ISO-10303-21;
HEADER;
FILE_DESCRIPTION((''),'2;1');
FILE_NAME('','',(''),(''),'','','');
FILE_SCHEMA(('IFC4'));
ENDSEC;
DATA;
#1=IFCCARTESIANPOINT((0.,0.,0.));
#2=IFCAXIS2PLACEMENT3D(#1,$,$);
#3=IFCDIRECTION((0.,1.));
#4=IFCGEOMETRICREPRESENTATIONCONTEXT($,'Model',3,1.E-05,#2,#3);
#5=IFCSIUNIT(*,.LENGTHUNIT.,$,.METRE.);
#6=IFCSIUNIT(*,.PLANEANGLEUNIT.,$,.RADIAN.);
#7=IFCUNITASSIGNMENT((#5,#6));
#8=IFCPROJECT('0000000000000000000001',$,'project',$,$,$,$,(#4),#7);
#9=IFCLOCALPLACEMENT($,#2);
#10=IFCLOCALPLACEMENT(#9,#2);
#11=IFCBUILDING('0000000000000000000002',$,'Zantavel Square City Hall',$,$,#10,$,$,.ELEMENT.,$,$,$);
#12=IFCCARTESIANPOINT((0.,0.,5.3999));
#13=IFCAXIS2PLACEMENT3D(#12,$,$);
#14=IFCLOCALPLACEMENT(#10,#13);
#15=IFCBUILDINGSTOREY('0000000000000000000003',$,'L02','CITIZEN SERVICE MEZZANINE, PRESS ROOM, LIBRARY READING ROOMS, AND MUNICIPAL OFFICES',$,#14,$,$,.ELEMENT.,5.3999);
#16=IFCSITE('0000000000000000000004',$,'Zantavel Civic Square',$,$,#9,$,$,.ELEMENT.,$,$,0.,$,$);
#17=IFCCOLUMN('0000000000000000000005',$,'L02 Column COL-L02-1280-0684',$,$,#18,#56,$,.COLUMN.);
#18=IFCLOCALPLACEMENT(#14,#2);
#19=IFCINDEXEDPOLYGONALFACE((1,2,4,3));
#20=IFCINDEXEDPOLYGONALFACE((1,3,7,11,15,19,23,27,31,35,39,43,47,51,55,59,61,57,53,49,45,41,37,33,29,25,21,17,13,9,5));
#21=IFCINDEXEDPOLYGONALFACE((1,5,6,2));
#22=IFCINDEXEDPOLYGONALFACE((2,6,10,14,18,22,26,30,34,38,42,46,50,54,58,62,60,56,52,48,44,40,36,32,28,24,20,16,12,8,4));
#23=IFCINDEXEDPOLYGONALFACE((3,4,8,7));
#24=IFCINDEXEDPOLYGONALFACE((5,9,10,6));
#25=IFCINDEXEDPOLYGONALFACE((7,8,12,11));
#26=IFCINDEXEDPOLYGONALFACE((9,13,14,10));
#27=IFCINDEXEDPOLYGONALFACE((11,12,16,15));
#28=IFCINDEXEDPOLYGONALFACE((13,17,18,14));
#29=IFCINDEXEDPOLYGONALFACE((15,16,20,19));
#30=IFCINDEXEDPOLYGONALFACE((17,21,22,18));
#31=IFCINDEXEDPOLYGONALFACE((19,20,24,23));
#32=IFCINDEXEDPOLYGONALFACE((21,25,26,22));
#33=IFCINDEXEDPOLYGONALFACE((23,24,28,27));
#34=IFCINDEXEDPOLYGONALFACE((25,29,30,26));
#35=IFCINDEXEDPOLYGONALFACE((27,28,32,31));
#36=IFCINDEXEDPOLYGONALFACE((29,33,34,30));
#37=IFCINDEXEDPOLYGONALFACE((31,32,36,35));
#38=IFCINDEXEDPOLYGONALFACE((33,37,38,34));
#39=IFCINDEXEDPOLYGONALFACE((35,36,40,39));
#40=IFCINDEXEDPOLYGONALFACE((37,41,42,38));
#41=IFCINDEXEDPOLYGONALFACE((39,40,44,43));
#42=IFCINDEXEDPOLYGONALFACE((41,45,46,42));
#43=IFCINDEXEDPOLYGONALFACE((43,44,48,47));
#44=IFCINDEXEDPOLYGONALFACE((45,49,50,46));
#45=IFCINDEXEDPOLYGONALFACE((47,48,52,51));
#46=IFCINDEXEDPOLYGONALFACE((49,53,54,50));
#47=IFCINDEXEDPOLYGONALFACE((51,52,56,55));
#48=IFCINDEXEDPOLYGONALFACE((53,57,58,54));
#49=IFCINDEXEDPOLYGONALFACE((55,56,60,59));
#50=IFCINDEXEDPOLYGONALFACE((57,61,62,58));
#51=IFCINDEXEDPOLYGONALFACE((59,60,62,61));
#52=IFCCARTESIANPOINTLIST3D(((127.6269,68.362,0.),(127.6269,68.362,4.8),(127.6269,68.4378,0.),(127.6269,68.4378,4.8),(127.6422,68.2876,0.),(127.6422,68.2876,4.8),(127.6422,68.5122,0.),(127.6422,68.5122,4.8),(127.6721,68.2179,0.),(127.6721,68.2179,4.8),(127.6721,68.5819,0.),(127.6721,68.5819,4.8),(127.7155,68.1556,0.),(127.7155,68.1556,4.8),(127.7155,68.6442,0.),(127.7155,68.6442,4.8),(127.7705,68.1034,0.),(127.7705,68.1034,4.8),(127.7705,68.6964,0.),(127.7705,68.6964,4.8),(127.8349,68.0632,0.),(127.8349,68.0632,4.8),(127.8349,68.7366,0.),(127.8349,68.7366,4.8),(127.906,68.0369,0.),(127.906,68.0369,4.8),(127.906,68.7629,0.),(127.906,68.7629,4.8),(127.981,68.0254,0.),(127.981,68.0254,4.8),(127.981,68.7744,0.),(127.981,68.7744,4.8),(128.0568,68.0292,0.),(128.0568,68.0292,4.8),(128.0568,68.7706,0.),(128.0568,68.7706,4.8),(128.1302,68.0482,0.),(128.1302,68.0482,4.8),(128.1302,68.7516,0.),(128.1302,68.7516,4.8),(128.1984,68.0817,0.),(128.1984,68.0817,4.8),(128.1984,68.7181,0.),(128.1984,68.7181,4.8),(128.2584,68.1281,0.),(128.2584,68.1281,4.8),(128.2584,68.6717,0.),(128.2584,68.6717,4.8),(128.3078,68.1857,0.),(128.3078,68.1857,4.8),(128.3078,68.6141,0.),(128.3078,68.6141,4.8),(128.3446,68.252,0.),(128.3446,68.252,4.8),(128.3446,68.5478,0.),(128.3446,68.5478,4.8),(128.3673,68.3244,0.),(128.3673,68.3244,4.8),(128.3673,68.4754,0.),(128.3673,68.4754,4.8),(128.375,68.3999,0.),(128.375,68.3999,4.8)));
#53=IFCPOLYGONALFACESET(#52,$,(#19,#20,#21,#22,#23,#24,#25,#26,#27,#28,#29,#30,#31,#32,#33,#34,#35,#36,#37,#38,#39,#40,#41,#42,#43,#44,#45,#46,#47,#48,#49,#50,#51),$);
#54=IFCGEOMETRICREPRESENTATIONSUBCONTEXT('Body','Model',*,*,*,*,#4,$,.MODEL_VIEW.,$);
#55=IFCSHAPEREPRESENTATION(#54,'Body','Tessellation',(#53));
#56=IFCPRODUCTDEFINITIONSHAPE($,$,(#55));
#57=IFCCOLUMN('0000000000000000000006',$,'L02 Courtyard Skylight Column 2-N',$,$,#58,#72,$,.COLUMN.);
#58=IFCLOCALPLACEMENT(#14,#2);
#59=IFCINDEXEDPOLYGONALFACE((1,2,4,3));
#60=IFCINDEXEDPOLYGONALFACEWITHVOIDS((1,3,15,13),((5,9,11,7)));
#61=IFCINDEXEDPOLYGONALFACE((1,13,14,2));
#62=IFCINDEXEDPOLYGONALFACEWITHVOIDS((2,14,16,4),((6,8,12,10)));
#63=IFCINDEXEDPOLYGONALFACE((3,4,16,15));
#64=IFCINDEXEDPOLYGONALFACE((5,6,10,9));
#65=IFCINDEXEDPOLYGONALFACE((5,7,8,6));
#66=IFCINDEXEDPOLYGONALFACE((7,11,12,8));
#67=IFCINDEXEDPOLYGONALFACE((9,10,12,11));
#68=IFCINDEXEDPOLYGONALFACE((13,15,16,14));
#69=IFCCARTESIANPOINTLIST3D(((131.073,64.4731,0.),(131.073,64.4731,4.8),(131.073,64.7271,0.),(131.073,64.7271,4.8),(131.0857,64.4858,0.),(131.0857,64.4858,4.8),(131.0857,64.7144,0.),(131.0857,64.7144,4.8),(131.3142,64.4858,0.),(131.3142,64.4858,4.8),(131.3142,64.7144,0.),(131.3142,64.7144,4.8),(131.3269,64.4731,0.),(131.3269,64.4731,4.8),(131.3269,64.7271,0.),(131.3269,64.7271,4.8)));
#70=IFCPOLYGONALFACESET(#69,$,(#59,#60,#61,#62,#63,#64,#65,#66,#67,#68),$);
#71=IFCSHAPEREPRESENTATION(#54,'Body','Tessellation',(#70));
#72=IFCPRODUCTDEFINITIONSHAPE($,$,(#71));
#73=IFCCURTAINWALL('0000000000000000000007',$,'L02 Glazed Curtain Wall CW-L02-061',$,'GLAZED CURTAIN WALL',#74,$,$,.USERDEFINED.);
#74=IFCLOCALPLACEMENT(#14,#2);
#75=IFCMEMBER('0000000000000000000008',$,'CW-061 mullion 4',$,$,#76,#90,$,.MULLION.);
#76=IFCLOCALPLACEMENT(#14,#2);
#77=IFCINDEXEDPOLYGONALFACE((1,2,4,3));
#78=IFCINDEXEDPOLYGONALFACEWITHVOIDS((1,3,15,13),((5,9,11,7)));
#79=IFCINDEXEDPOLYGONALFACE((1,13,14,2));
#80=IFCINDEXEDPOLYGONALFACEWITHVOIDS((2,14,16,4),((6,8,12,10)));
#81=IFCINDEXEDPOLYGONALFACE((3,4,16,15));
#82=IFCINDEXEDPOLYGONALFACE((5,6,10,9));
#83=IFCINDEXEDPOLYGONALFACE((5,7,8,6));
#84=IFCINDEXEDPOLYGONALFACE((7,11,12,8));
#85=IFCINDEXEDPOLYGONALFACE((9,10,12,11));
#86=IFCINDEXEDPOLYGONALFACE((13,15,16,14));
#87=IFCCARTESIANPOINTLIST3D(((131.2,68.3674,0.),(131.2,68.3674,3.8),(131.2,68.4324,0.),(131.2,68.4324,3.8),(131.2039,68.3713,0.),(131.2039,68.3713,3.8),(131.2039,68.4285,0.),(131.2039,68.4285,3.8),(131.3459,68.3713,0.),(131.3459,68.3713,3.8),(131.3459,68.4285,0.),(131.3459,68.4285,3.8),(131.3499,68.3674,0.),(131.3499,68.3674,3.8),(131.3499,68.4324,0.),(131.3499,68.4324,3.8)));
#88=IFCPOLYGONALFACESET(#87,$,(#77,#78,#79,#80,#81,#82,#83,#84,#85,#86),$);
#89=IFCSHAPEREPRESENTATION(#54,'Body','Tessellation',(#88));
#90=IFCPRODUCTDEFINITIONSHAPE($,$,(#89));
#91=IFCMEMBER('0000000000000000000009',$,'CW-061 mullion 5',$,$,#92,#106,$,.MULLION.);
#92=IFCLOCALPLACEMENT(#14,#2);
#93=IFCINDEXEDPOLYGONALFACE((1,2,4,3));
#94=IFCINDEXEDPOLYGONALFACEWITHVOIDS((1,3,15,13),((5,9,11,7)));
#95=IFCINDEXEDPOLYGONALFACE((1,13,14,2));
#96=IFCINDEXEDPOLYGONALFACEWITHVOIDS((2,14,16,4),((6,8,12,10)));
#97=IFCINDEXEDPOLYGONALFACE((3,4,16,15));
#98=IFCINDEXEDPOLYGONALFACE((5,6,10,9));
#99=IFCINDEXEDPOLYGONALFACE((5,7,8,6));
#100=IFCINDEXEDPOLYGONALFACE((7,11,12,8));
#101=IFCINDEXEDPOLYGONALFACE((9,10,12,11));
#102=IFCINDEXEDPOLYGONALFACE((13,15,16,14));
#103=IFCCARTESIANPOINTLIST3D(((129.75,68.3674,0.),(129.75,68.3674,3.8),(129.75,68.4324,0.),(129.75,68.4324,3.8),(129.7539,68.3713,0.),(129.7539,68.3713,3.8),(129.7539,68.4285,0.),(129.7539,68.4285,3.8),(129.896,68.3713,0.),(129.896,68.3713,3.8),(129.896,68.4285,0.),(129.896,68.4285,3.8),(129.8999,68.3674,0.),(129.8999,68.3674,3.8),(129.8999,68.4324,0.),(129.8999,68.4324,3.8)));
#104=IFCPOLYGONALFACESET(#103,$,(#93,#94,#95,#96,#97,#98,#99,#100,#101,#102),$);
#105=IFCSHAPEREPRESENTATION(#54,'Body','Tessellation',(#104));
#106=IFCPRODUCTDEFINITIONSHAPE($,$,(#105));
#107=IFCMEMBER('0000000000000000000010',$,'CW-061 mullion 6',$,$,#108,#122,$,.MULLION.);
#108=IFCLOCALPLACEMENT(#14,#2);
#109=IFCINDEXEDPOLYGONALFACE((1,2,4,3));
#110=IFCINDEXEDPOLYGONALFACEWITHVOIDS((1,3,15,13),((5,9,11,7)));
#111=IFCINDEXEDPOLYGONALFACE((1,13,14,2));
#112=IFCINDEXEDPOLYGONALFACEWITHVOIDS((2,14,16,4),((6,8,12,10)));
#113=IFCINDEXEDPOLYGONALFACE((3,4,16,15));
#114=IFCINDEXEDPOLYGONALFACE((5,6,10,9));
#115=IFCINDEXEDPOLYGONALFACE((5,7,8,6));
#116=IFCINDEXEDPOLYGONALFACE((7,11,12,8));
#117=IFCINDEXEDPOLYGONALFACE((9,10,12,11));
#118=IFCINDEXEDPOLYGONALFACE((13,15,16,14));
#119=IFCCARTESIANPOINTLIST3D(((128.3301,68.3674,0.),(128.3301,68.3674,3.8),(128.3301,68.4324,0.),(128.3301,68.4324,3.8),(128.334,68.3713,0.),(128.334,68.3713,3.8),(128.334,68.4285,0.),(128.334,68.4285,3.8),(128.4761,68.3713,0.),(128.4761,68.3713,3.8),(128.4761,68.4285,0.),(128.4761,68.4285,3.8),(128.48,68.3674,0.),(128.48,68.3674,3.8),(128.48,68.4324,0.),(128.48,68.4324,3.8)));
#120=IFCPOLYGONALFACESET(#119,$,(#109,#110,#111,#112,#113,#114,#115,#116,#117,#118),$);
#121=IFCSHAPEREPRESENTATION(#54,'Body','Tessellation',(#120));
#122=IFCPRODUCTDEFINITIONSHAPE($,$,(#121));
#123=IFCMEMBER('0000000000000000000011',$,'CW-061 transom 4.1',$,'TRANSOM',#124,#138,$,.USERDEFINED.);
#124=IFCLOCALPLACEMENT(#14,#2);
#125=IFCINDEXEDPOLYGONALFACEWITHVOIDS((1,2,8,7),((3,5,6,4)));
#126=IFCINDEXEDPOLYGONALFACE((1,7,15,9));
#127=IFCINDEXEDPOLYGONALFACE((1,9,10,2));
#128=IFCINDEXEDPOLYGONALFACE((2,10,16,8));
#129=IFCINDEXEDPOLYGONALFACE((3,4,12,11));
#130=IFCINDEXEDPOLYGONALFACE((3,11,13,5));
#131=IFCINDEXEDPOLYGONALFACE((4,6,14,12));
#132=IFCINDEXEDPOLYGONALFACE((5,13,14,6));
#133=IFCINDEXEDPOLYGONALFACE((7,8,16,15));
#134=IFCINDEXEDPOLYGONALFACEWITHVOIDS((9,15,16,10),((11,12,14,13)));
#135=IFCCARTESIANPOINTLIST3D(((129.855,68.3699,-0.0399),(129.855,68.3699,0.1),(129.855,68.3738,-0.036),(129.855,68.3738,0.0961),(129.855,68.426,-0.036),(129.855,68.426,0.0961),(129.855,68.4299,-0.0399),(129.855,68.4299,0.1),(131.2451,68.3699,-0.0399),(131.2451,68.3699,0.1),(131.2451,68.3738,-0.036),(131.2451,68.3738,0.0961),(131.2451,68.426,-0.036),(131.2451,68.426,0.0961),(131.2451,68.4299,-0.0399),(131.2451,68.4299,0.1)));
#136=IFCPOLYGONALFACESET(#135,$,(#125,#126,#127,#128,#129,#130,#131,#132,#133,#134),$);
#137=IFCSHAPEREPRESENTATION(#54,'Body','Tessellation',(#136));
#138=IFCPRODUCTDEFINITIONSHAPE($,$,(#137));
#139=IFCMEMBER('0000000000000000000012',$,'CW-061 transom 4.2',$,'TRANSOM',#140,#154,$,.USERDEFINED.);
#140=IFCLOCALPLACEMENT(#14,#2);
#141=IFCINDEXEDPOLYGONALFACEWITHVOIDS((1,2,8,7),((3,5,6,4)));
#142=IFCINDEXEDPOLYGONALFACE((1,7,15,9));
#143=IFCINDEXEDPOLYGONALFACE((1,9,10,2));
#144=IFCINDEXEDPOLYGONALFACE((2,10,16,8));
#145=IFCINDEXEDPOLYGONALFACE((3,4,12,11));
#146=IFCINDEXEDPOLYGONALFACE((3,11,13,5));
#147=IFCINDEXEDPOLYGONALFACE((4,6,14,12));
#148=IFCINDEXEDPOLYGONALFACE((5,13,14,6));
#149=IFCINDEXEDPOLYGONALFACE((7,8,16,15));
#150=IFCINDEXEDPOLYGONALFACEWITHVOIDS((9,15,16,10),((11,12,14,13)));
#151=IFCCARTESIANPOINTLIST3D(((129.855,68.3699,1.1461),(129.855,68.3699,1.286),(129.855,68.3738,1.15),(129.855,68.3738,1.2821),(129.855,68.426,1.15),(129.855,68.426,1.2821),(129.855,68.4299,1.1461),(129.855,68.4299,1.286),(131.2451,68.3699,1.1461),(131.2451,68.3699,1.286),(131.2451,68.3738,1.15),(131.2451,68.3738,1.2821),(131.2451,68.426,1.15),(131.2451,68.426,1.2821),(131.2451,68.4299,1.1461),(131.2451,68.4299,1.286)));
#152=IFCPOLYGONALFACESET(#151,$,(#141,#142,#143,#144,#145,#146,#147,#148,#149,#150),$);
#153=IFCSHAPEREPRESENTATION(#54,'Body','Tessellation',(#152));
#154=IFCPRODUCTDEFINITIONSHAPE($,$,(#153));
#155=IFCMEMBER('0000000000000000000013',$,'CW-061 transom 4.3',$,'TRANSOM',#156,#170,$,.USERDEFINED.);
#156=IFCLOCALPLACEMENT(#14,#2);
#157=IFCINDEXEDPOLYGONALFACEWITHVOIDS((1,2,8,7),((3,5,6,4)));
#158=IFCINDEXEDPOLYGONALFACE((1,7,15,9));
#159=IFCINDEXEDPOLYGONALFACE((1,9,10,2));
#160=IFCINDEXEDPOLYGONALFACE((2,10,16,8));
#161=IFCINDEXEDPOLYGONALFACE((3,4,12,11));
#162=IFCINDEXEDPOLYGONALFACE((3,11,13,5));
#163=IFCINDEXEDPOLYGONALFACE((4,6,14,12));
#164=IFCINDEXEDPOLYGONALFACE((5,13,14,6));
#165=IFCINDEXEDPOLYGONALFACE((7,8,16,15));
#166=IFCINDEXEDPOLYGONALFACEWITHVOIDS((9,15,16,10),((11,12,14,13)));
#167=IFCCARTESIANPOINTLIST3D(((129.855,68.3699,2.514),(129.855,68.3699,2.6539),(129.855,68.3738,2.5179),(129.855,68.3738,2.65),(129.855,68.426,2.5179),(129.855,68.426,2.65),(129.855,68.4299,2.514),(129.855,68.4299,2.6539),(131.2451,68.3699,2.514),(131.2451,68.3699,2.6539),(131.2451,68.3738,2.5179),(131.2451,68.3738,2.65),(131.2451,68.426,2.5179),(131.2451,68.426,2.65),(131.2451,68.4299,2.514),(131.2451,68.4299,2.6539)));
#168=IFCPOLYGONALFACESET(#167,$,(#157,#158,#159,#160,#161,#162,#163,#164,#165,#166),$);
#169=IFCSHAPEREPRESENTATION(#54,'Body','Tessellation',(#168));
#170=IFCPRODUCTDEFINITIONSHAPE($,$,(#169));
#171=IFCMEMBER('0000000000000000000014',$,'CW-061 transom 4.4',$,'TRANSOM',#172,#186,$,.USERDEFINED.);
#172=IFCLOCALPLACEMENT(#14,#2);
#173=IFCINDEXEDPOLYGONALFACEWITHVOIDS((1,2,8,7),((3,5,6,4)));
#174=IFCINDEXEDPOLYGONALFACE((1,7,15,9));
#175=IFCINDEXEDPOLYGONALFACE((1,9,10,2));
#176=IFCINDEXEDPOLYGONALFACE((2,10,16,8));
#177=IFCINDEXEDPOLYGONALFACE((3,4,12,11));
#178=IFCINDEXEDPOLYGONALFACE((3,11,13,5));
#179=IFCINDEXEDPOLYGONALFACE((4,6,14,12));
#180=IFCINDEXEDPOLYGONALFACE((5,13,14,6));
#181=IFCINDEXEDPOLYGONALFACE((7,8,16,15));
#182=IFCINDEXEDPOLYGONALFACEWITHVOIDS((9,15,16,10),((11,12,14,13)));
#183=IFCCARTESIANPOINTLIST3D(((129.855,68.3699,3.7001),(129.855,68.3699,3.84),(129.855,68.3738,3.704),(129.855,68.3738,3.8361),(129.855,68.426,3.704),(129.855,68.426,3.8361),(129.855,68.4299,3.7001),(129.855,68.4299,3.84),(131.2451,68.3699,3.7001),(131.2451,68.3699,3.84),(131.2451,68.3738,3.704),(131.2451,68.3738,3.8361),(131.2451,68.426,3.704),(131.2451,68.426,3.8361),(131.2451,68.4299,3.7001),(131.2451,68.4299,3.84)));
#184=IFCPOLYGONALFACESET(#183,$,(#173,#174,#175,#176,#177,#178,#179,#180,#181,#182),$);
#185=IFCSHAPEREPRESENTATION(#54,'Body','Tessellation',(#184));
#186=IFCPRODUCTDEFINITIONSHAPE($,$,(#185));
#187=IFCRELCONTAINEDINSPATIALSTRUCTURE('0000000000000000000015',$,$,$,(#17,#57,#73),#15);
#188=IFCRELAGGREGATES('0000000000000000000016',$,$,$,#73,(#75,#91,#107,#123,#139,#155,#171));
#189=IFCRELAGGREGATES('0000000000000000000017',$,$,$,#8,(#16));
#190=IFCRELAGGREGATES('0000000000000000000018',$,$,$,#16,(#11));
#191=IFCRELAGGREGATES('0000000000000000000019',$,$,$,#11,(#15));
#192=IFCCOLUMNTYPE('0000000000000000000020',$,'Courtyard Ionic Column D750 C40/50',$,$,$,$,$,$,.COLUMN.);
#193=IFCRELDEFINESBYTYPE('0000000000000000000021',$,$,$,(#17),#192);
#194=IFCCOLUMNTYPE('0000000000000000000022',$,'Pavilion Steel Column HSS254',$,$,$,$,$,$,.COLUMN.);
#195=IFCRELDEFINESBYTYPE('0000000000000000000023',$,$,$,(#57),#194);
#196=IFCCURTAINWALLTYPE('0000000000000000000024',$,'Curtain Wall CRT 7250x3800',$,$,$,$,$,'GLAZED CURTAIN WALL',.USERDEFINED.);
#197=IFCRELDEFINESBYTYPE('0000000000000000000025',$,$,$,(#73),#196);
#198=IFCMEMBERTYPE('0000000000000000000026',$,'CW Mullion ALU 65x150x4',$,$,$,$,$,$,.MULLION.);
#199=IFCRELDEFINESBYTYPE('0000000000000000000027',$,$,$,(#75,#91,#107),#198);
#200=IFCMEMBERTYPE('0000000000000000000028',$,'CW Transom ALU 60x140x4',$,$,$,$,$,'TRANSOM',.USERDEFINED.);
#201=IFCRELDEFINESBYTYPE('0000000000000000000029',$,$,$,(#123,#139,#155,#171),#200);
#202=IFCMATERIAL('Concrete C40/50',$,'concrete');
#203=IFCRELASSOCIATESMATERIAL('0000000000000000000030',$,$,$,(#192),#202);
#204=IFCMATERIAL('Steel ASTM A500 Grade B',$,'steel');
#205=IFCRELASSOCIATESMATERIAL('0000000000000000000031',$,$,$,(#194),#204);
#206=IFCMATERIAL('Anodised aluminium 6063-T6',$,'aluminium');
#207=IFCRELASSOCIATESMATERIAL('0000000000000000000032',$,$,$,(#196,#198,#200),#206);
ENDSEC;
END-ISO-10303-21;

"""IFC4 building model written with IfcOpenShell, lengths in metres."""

from ifc_helpers import new_model, si_unit, direction, frame, origin, origin_2d, place, context, subcontext, project, spatial, hollow_rectangle, circle, extrude, material, material_profile, profile_set, type_object, element, aggregate, save


model = new_model("IFC4")

# Units and contexts
model_context = context("Model", 3, precision=1e-05, world=origin(), true_north=direction((0.0, 1.0)))
body_context = subcontext(model_context, "Body", "Model", "MODEL_VIEW")
ifc_project = project(units=[si_unit("LENGTHUNIT", "METRE"), si_unit("PLANEANGLEUNIT", "RADIAN")], contexts=[model_context])

# Site, building, storey
site_placement = place(None, origin())
site = spatial("IfcSite", under=ifc_project, at=site_placement, Name="Zantavel Civic Square", CompositionType="ELEMENT", RefElevation=0.0)
building_placement = place(site_placement, origin())
building = spatial("IfcBuilding", under=site, at=building_placement, Name="Zantavel Square City Hall", CompositionType="ELEMENT")
storey_placement = place(building_placement, frame((0.0, 0.0, 5.3999)))
storey = spatial("IfcBuildingStorey", under=building, at=storey_placement, Name="L02", Description="CITIZEN SERVICE MEZZANINE, PRESS ROOM, LIBRARY READING ROOMS, AND MUNICIPAL OFFICES", CompositionType="ELEMENT", Elevation=5.3999)

# Columns
ifc_material_1 = material(Name="Concrete C40/50", Category="concrete")
ifc_material_profile_1 = material_profile(ifc_material_1, circle(Radius=0.375, at=origin_2d()), Name="ROUND D750")
ifc_profile_set_1 = profile_set([ifc_material_profile_1], Name="Concrete C40/50")
column_type_1 = type_object("IfcColumnType", Name="Courtyard Ionic Column D750 C40/50", PredefinedType="COLUMN", material=ifc_profile_set_1)
column_1_placement = place(storey_placement, frame((128.0, 68.3999, 0.0), z_axis=(0.0, 0.0, 1.0), x_axis=(1.0, 0.0, 0.0)))
element("IfcColumn", 1, at=column_1_placement, inside=storey, type_object=column_type_1, Name="L02 Column COL-L02-1280-0684", PredefinedType="COLUMN", context=body_context, shape_type="SweptSolid", body=[
    extrude(circle(Radius=0.375, at=origin_2d()), origin(), (0.0, 0.0, 1.0), 4.8),
])
ifc_material_2 = material(Name="Steel ASTM A500 Grade B", Category="steel")
ifc_material_profile_2 = material_profile(ifc_material_2, hollow_rectangle(XDim=0.2539, YDim=0.2539, WallThickness=0.0127, at=origin_2d()), Name="HSS 254x254x12.7")
ifc_profile_set_2 = profile_set([ifc_material_profile_2], Name="Steel ASTM A500 Grade B")
column_type_2 = type_object("IfcColumnType", Name="Pavilion Steel Column HSS254", PredefinedType="COLUMN", material=ifc_profile_set_2)
column_2_placement = place(storey_placement, frame((131.2, 64.6001, 0.0), z_axis=(0.0, 0.0, 1.0), x_axis=(1.0, 0.0, 0.0)))
element("IfcColumn", 2, at=column_2_placement, inside=storey, type_object=column_type_2, Name="L02 Courtyard Skylight Column 2-N", PredefinedType="COLUMN", context=body_context, shape_type="SweptSolid", body=[
    extrude(hollow_rectangle(XDim=0.2539, YDim=0.2539, WallThickness=0.0127, at=origin_2d()), origin(), (0.0, 0.0, 1.0), 4.8),
])

# Curtain wall, members
ifc_material_3 = material(Name="Anodised aluminium 6063-T6", Category="aluminium")
curtain_wall_type = type_object("IfcCurtainWallType", Name="Curtain Wall CRT 7250x3800", ElementType="GLAZED CURTAIN WALL", PredefinedType="USERDEFINED", material=ifc_material_3)
curtain_wall_placement = place(storey_placement, origin())
curtain_wall = element("IfcCurtainWall", 3, at=curtain_wall_placement, inside=storey, type_object=curtain_wall_type, Name="L02 Glazed Curtain Wall CW-L02-061", ObjectType="GLAZED CURTAIN WALL", PredefinedType="USERDEFINED")
ifc_material_profile_3 = material_profile(ifc_material_3, hollow_rectangle(XDim=0.0649, YDim=0.1499, WallThickness=0.0039, at=origin_2d()), Name="ALU 65x150x4")
ifc_profile_set_3 = profile_set([ifc_material_profile_3], Name="Anodised aluminium 6063-T6")
member_type_1 = type_object("IfcMemberType", Name="CW Mullion ALU 65x150x4", PredefinedType="MULLION", material=ifc_profile_set_3)
member_1_placement = place(storey_placement, frame((131.2749, 68.3999, 0.0), z_axis=(0.0, 0.0, 1.0), x_axis=(0.0, -1.0, 0.0)))
member_1 = element("IfcMember", 4, at=member_1_placement, type_object=member_type_1, Name="CW-061 mullion 4", PredefinedType="MULLION", context=body_context, shape_type="SweptSolid", body=[
    extrude(hollow_rectangle(XDim=0.0649, YDim=0.1499, WallThickness=0.0039, at=origin_2d()), origin(), (0.0, 0.0, 1.0), 3.8),
])
member_2_placement = place(storey_placement, frame((129.825, 68.3999, 0.0), z_axis=(0.0, 0.0, 1.0), x_axis=(0.0, -1.0, 0.0)))
member_2 = element("IfcMember", 5, at=member_2_placement, type_object=member_type_1, Name="CW-061 mullion 5", PredefinedType="MULLION", context=body_context, shape_type="SweptSolid", body=[
    extrude(hollow_rectangle(XDim=0.0649, YDim=0.1499, WallThickness=0.0039, at=origin_2d()), origin(), (0.0, 0.0, 1.0), 3.8),
])
member_3_placement = place(storey_placement, frame((128.405, 68.3999, 0.0), z_axis=(0.0, 0.0, 1.0), x_axis=(0.0, -1.0, 0.0)))
member_3 = element("IfcMember", 6, at=member_3_placement, type_object=member_type_1, Name="CW-061 mullion 6", PredefinedType="MULLION", context=body_context, shape_type="SweptSolid", body=[
    extrude(hollow_rectangle(XDim=0.0649, YDim=0.1499, WallThickness=0.0039, at=origin_2d()), origin(), (0.0, 0.0, 1.0), 3.8),
])
ifc_material_profile_4 = material_profile(ifc_material_3, hollow_rectangle(XDim=0.0601, YDim=0.1399, WallThickness=0.0039, at=origin_2d()), Name="ALU 60x140x4")
ifc_profile_set_4 = profile_set([ifc_material_profile_4], Name="Anodised aluminium 6063-T6")
member_type_2 = type_object("IfcMemberType", Name="CW Transom ALU 60x140x4", ElementType="TRANSOM", PredefinedType="USERDEFINED", material=ifc_profile_set_4)
member_4_placement = place(storey_placement, frame((131.2451, 68.3999, 0.03), z_axis=(-1.0, 0.0, 0.0), x_axis=(0.0, -1.0, 0.0)))
member_4 = element("IfcMember", 7, at=member_4_placement, type_object=member_type_2, Name="CW-061 transom 4.1", ObjectType="TRANSOM", PredefinedType="USERDEFINED", context=body_context, shape_type="SweptSolid", body=[
    extrude(hollow_rectangle(XDim=0.0601, YDim=0.1399, WallThickness=0.0039, at=origin_2d()), origin(), (0.0, 0.0, 1.0), 1.3901),
])
member_5_placement = place(storey_placement, frame((131.2451, 68.3999, 1.2161), z_axis=(-1.0, 0.0, 0.0), x_axis=(0.0, -1.0, 0.0)))
member_5 = element("IfcMember", 8, at=member_5_placement, type_object=member_type_2, Name="CW-061 transom 4.2", ObjectType="TRANSOM", PredefinedType="USERDEFINED", context=body_context, shape_type="SweptSolid", body=[
    extrude(hollow_rectangle(XDim=0.0601, YDim=0.1399, WallThickness=0.0039, at=origin_2d()), origin(), (0.0, 0.0, 1.0), 1.3901),
])
member_6_placement = place(storey_placement, frame((131.2451, 68.3999, 2.584), z_axis=(-1.0, 0.0, 0.0), x_axis=(0.0, -1.0, 0.0)))
member_6 = element("IfcMember", 9, at=member_6_placement, type_object=member_type_2, Name="CW-061 transom 4.3", ObjectType="TRANSOM", PredefinedType="USERDEFINED", context=body_context, shape_type="SweptSolid", body=[
    extrude(hollow_rectangle(XDim=0.0601, YDim=0.1399, WallThickness=0.0039, at=origin_2d()), origin(), (0.0, 0.0, 1.0), 1.3901),
])
member_7_placement = place(storey_placement, frame((131.2451, 68.3999, 3.77), z_axis=(-1.0, 0.0, 0.0), x_axis=(0.0, -1.0, 0.0)))
member_7 = element("IfcMember", 10, at=member_7_placement, type_object=member_type_2, Name="CW-061 transom 4.4", ObjectType="TRANSOM", PredefinedType="USERDEFINED", context=body_context, shape_type="SweptSolid", body=[
    extrude(hollow_rectangle(XDim=0.0601, YDim=0.1399, WallThickness=0.0039, at=origin_2d()), origin(), (0.0, 0.0, 1.0), 1.3901),
])

aggregate(curtain_wall, [member_1, member_2, member_3, member_4, member_5, member_6, member_7])

save(model, "model.ifc")
